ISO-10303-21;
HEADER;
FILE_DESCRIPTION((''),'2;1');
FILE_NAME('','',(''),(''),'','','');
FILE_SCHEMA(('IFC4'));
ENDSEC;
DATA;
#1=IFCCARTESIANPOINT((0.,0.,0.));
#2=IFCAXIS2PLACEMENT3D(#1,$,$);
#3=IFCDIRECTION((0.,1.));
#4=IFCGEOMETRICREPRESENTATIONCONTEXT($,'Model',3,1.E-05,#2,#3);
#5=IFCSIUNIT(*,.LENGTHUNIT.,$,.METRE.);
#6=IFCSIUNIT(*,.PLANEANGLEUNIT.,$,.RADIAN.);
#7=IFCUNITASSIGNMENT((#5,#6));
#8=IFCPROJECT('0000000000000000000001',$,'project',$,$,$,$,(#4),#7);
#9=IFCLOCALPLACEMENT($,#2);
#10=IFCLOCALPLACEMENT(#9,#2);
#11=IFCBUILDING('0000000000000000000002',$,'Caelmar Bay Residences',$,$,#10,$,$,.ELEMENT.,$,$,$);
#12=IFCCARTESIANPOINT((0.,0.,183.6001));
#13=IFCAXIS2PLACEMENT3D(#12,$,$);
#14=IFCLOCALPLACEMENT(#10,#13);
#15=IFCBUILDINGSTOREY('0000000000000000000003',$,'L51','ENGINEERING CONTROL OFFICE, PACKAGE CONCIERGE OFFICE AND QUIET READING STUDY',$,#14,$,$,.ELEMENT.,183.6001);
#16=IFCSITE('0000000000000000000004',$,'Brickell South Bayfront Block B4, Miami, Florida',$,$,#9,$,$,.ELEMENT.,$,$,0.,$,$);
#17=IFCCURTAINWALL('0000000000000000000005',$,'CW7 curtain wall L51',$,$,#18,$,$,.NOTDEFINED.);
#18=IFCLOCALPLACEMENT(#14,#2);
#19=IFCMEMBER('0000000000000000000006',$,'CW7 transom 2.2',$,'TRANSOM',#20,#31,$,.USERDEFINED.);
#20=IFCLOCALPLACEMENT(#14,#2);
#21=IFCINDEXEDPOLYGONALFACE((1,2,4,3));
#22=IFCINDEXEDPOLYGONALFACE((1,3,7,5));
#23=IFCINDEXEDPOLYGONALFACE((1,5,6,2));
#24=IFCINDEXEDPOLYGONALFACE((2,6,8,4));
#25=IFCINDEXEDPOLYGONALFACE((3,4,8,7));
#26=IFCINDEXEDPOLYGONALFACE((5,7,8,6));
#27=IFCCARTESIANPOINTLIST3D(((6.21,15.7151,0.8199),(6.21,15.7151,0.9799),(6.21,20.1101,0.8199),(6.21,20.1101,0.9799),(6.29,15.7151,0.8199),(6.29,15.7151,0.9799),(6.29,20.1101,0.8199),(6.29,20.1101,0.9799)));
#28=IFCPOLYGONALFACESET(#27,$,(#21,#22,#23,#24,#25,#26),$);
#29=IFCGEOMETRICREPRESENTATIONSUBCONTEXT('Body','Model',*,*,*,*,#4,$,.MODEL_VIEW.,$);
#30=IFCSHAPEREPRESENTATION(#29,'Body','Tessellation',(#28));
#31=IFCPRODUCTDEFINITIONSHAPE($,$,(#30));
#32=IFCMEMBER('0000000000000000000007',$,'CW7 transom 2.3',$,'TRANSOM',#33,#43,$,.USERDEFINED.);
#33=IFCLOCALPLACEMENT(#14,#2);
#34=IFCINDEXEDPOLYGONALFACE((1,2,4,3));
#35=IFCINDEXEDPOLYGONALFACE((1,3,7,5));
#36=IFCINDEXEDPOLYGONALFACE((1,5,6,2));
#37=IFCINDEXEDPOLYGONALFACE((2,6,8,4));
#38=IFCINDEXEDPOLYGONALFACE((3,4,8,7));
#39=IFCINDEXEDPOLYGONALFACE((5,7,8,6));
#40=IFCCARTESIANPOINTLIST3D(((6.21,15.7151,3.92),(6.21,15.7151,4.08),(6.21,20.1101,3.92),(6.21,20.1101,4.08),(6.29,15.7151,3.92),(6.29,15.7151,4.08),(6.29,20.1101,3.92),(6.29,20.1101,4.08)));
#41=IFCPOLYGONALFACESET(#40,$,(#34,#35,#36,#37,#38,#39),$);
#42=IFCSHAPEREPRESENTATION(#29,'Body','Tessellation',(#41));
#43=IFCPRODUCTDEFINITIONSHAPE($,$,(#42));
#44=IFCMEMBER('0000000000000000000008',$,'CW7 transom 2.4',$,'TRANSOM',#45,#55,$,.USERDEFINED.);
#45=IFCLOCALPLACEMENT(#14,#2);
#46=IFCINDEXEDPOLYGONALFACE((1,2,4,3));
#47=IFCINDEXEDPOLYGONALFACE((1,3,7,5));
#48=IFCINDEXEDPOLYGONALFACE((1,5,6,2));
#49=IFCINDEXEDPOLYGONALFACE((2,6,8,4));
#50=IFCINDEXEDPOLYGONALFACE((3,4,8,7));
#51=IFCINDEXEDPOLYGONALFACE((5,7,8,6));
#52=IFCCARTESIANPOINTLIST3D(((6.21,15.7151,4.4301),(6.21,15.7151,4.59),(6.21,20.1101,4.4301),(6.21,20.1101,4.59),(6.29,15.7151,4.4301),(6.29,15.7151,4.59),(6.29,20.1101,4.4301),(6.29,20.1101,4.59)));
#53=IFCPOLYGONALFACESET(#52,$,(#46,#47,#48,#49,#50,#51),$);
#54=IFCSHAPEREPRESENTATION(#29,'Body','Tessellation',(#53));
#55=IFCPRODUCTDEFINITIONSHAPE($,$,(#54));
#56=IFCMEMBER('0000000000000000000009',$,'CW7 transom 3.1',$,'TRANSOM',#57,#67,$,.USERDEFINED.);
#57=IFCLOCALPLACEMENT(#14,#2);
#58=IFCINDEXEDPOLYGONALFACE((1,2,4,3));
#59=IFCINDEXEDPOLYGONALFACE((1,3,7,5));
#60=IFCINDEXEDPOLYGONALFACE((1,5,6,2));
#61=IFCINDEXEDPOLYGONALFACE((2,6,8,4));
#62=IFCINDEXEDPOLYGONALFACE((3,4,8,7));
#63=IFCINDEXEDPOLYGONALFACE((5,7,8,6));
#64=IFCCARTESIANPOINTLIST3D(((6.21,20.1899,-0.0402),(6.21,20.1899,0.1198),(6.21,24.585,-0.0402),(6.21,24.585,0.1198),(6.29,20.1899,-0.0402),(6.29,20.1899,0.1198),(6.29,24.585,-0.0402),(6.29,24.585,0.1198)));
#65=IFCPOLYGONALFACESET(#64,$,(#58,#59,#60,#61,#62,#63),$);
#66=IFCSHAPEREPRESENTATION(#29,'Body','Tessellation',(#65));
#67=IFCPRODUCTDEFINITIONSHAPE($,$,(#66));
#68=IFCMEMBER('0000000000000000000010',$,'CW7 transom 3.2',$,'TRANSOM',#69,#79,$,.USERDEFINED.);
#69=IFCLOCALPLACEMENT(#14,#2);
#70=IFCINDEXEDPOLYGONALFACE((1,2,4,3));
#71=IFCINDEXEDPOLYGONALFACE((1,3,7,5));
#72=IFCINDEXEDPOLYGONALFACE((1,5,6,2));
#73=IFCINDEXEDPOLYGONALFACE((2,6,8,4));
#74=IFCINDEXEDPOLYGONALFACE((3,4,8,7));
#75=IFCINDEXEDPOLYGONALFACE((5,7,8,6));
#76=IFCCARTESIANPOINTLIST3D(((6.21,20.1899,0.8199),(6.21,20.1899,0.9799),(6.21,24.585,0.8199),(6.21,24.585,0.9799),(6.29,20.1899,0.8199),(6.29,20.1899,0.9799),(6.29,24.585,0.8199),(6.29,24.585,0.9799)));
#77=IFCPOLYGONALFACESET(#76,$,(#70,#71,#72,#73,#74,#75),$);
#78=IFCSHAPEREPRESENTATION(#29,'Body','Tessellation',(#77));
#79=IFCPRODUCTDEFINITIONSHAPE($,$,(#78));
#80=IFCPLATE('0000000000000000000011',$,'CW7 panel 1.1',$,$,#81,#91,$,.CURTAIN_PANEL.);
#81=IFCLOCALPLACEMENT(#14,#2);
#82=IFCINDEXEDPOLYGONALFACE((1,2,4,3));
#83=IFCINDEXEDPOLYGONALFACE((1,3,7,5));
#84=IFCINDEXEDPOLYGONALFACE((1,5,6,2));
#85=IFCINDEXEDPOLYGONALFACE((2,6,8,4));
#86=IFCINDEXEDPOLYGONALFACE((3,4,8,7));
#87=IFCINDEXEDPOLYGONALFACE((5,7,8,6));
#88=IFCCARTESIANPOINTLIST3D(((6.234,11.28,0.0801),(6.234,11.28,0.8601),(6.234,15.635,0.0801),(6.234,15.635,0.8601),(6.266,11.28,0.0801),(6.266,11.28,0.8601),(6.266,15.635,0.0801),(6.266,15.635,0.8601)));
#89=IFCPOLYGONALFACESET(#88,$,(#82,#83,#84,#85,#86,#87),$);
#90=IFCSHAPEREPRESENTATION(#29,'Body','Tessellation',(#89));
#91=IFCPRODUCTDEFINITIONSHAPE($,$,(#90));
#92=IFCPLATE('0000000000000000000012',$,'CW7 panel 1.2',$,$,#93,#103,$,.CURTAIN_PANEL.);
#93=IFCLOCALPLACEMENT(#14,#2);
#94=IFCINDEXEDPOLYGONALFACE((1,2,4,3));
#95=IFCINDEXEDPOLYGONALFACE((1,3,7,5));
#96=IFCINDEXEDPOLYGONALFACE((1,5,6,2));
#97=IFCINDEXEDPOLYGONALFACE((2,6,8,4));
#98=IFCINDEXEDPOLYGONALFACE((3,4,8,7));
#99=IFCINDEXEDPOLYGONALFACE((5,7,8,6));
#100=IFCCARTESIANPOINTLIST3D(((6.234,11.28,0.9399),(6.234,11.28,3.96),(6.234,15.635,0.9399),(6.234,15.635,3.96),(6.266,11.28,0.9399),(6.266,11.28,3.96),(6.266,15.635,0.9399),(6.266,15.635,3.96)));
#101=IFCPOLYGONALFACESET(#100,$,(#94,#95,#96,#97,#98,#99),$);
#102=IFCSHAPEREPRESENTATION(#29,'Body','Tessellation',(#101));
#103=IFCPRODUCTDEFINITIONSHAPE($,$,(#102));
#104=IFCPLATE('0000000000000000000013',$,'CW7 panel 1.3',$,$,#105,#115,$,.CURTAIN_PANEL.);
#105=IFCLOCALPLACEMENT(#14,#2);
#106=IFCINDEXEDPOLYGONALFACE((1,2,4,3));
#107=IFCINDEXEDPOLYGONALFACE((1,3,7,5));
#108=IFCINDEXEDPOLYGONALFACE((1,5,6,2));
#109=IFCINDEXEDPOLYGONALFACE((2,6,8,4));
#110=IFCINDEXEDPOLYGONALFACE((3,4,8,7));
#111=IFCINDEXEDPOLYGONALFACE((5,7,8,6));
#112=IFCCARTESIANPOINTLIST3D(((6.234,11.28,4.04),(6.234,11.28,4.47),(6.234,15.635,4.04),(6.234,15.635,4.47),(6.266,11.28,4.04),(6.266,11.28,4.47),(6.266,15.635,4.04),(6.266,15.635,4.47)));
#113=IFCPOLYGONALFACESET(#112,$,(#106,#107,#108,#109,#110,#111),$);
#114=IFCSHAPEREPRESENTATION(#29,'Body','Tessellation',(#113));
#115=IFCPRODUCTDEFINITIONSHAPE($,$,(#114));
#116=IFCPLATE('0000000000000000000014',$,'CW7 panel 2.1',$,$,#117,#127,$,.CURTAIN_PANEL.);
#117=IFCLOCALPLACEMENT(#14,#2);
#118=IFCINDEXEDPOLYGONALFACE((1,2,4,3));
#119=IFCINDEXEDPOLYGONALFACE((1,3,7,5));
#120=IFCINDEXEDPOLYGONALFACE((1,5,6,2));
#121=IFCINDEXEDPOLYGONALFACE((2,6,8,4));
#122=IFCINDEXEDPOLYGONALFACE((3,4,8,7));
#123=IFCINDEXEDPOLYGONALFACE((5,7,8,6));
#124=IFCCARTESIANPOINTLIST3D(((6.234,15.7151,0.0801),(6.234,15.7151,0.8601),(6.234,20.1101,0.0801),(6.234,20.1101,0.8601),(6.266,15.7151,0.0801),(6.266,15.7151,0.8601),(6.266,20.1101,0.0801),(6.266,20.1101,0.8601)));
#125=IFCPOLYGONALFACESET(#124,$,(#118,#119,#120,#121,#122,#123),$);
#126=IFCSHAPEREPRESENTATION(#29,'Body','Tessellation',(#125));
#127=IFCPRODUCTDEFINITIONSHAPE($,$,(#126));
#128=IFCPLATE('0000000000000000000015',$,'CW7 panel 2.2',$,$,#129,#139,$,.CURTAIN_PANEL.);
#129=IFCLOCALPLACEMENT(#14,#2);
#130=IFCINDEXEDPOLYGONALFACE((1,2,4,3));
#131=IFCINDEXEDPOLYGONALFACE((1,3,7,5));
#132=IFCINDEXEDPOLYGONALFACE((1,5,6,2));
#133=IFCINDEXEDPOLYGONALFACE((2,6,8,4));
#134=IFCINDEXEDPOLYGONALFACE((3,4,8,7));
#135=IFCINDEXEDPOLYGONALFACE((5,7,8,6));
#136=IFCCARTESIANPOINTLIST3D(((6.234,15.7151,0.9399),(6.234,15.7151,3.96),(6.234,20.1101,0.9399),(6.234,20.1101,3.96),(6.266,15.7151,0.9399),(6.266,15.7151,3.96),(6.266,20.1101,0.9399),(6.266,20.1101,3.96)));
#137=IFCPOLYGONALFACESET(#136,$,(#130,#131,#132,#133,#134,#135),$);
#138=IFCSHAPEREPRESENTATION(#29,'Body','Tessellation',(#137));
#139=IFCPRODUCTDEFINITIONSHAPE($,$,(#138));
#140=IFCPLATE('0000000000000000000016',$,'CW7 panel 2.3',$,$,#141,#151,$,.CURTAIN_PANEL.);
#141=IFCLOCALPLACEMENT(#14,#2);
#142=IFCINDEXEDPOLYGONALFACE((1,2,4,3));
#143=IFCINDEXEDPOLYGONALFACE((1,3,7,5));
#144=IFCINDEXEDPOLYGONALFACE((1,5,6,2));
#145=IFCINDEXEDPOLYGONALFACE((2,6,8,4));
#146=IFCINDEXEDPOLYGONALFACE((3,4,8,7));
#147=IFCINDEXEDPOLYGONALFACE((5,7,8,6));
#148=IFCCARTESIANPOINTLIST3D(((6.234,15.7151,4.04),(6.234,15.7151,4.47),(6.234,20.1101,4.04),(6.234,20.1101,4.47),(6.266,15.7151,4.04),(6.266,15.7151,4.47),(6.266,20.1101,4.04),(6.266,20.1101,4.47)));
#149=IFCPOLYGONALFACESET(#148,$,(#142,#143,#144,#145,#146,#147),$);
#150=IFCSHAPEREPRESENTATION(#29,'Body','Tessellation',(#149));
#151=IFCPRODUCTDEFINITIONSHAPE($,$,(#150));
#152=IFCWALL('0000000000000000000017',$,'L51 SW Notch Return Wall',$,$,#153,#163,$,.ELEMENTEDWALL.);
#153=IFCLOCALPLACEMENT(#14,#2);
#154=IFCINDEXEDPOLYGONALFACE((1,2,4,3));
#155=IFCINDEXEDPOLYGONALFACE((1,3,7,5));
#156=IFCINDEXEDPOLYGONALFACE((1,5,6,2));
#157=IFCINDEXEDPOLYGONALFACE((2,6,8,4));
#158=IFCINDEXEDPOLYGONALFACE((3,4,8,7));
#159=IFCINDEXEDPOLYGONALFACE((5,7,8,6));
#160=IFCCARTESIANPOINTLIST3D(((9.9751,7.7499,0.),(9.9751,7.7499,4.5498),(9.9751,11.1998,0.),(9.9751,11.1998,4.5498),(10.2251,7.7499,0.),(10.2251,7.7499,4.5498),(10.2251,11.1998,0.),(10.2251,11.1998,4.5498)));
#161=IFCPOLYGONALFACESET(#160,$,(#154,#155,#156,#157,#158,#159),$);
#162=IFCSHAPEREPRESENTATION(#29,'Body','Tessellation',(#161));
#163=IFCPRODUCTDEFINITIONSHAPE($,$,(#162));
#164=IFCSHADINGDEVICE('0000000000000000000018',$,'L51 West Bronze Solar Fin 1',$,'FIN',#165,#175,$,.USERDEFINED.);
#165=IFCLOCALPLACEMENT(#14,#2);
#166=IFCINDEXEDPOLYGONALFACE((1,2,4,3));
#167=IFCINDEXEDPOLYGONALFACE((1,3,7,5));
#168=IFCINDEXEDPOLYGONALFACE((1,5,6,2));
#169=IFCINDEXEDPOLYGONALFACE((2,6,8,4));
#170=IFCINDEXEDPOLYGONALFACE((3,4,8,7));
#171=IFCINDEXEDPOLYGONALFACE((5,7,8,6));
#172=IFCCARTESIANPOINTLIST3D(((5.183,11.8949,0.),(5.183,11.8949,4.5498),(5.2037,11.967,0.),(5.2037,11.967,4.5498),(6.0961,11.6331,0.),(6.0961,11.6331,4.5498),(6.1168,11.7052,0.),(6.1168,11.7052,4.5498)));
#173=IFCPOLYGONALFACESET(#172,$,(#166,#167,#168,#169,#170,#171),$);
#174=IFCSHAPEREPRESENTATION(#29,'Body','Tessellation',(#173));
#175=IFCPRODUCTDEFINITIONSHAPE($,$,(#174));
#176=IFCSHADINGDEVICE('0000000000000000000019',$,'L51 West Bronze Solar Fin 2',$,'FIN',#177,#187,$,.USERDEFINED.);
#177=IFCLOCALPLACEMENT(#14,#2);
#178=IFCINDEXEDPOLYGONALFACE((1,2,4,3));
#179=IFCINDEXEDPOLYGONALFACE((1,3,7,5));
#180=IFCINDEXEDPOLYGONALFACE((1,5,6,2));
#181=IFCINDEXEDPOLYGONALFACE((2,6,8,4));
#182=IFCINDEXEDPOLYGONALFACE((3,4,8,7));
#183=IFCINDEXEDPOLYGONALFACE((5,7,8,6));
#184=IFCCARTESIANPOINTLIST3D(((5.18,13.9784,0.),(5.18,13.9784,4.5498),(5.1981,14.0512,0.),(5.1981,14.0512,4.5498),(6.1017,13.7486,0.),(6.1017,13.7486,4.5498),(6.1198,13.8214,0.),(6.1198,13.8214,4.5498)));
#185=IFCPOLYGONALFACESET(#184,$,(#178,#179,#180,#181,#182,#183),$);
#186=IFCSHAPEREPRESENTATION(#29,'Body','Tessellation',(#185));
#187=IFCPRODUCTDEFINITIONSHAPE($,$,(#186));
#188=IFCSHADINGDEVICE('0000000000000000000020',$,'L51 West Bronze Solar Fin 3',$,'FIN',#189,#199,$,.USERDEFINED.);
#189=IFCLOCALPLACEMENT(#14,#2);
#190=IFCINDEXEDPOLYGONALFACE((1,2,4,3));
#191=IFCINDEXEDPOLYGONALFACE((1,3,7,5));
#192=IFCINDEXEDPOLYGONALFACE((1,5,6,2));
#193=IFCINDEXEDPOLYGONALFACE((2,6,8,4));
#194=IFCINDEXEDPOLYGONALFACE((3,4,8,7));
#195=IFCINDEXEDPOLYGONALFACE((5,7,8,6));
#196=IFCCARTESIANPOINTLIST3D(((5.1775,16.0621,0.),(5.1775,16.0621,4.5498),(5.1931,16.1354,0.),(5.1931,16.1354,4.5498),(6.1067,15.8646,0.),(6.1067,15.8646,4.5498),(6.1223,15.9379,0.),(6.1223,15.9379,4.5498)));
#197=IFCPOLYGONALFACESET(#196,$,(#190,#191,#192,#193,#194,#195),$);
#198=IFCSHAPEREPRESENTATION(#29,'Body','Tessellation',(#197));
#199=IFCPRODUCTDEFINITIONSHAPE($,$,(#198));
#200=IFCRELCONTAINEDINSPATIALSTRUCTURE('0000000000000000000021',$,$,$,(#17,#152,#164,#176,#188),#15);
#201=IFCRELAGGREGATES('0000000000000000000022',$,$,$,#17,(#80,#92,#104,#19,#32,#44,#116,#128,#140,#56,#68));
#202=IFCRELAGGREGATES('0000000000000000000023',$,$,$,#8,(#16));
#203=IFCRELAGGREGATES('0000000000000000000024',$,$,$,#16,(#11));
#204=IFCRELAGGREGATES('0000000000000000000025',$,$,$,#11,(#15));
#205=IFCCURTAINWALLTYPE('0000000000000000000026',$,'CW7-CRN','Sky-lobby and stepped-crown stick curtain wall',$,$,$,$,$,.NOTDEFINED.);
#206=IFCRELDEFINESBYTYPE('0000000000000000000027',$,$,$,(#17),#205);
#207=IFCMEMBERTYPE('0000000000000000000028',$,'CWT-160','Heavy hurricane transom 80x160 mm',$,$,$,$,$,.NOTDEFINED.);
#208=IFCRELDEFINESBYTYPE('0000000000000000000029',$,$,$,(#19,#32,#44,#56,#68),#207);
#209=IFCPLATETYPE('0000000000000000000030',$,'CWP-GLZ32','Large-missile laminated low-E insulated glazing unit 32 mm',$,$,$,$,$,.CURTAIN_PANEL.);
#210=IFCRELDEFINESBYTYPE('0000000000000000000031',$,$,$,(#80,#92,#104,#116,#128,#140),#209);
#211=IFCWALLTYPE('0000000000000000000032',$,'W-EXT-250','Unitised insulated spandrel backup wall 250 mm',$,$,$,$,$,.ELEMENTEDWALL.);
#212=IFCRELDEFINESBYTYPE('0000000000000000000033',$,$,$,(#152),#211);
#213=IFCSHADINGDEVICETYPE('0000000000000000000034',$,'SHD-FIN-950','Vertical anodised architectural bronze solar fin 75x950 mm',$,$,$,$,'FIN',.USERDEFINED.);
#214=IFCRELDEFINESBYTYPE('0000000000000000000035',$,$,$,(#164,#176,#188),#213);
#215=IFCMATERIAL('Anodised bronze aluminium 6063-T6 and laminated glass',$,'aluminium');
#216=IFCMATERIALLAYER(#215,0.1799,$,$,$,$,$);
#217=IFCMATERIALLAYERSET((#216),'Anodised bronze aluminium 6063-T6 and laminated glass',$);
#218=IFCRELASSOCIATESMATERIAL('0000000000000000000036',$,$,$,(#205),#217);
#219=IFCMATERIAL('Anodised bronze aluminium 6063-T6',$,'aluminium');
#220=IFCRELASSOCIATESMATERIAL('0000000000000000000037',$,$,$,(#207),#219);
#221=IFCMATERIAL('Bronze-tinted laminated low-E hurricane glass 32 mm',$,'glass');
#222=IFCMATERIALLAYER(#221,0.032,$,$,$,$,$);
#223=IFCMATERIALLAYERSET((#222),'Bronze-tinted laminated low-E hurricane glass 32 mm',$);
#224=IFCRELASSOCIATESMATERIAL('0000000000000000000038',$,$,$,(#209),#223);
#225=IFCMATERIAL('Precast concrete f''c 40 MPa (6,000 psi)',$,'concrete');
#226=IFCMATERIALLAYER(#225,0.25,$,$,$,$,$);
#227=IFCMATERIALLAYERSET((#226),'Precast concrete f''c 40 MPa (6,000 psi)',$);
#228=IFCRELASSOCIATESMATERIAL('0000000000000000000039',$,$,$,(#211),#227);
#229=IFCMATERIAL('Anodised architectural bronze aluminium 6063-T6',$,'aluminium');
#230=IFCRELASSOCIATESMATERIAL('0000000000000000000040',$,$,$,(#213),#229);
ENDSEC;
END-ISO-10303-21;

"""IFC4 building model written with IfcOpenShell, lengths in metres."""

from ifc_helpers import new_model, si_unit, direction, frame, frame_2d, origin, origin_2d, place, context, subcontext, project, spatial, rectangle, extrude, material, layer, layer_set, material_profile, profile_set, type_object, element, aggregate, save


model = new_model("IFC4")

# Units and contexts
model_context = context("Model", 3, precision=1e-05, world=origin(), true_north=direction((0.0, 1.0)))
body_context = subcontext(model_context, "Body", "Model", "MODEL_VIEW")
ifc_project = project(units=[si_unit("LENGTHUNIT", "METRE"), si_unit("PLANEANGLEUNIT", "RADIAN")], contexts=[model_context])

# Site, building, storey
site_placement = place(None, origin())
site = spatial("IfcSite", under=ifc_project, at=site_placement, Name="Brickell South Bayfront Block B4, Miami, Florida", CompositionType="ELEMENT", RefElevation=0.0)
building_placement = place(site_placement, origin())
building = spatial("IfcBuilding", under=site, at=building_placement, Name="Caelmar Bay Residences", CompositionType="ELEMENT")
storey_placement = place(building_placement, frame((0.0, 0.0, 183.6001)))
storey = spatial("IfcBuildingStorey", under=building, at=storey_placement, Name="L51", Description="ENGINEERING CONTROL OFFICE, PACKAGE CONCIERGE OFFICE AND QUIET READING STUDY", CompositionType="ELEMENT", Elevation=183.6001)

# Shared definitions
ifc_material_1 = material(Name="Anodised bronze aluminium 6063-T6 and laminated glass", Category="aluminium")
ifc_material_2 = material(Name="Anodised bronze aluminium 6063-T6", Category="aluminium")

# Curtain wall, members, plates
ifc_layer_1 = layer(ifc_material_1, 0.1799)
ifc_layer_set_1 = layer_set([ifc_layer_1], Name="Anodised bronze aluminium 6063-T6 and laminated glass")
curtain_wall_type_1 = type_object("IfcCurtainWallType", Name="CW7-CRN", Description="Sky-lobby and stepped-crown stick curtain wall", PredefinedType="NOTDEFINED", material=ifc_layer_set_1)
curtain_wall_1_placement = place(storey_placement, origin())
curtain_wall_1 = element("IfcCurtainWall", 1, at=curtain_wall_1_placement, inside=storey, type_object=curtain_wall_type_1, Name="CW7 curtain wall L51", PredefinedType="NOTDEFINED")
ifc_material_profile_1 = material_profile(ifc_material_2, rectangle(XDim=0.0801, YDim=0.1599, at=origin_2d()), Name="CWT-80X160")
ifc_profile_set_1 = profile_set([ifc_material_profile_1], Name="Anodised bronze aluminium 6063-T6")
member_type_1 = type_object("IfcMemberType", Name="CWT-160", Description="Heavy hurricane transom 80x160 mm", PredefinedType="NOTDEFINED", material=ifc_profile_set_1)
member_1_placement = place(storey_placement, frame((6.25, 15.7151, 0.8999), z_axis=(0.0, 1.0, 0.0), x_axis=(-1.0, 0.0, 0.0)))
member_1 = element("IfcMember", 2, at=member_1_placement, type_object=member_type_1, Name="CW7 transom 2.2", ObjectType="TRANSOM", PredefinedType="USERDEFINED", context=body_context, shape_type="SweptSolid", body=[
    extrude(rectangle(XDim=0.0801, YDim=0.1599, at=origin_2d()), origin(), (0.0, 0.0, 1.0), 4.395),
])
member_2_placement = place(storey_placement, frame((6.25, 15.7151, 4.0), z_axis=(0.0, 1.0, 0.0), x_axis=(-1.0, 0.0, 0.0)))
member_2 = element("IfcMember", 3, at=member_2_placement, type_object=member_type_1, Name="CW7 transom 2.3", ObjectType="TRANSOM", PredefinedType="USERDEFINED", context=body_context, shape_type="SweptSolid", body=[
    extrude(rectangle(XDim=0.0801, YDim=0.1599, at=origin_2d()), origin(), (0.0, 0.0, 1.0), 4.395),
])
member_3_placement = place(storey_placement, frame((6.25, 15.7151, 4.51), z_axis=(0.0, 1.0, 0.0), x_axis=(-1.0, 0.0, 0.0)))
member_3 = element("IfcMember", 4, at=member_3_placement, type_object=member_type_1, Name="CW7 transom 2.4", ObjectType="TRANSOM", PredefinedType="USERDEFINED", context=body_context, shape_type="SweptSolid", body=[
    extrude(rectangle(XDim=0.0801, YDim=0.1599, at=origin_2d()), origin(), (0.0, 0.0, 1.0), 4.395),
])
member_4_placement = place(storey_placement, frame((6.25, 20.1899, 0.0398), z_axis=(0.0, 1.0, 0.0), x_axis=(-1.0, 0.0, 0.0)))
member_4 = element("IfcMember", 5, at=member_4_placement, type_object=member_type_1, Name="CW7 transom 3.1", ObjectType="TRANSOM", PredefinedType="USERDEFINED", context=body_context, shape_type="SweptSolid", body=[
    extrude(rectangle(XDim=0.0801, YDim=0.1599, at=origin_2d()), origin(), (0.0, 0.0, 1.0), 4.395),
])
member_5_placement = place(storey_placement, frame((6.25, 20.1899, 0.8999), z_axis=(0.0, 1.0, 0.0), x_axis=(-1.0, 0.0, 0.0)))
member_5 = element("IfcMember", 6, at=member_5_placement, type_object=member_type_1, Name="CW7 transom 3.2", ObjectType="TRANSOM", PredefinedType="USERDEFINED", context=body_context, shape_type="SweptSolid", body=[
    extrude(rectangle(XDim=0.0801, YDim=0.1599, at=origin_2d()), origin(), (0.0, 0.0, 1.0), 4.395),
])
ifc_material_3 = material(Name="Bronze-tinted laminated low-E hurricane glass 32 mm", Category="glass")
ifc_layer_2 = layer(ifc_material_3, 0.032)
ifc_layer_set_2 = layer_set([ifc_layer_2], Name="Bronze-tinted laminated low-E hurricane glass 32 mm")
plate_type = type_object("IfcPlateType", Name="CWP-GLZ32", Description="Large-missile laminated low-E insulated glazing unit 32 mm", PredefinedType="CURTAIN_PANEL", material=ifc_layer_set_2)
plate_1_placement = place(storey_placement, frame((6.25, 13.4575, 0.0801), z_axis=(0.0, 0.0, 1.0), x_axis=(0.0, 1.0, 0.0)))
plate_1 = element("IfcPlate", 7, at=plate_1_placement, type_object=plate_type, Name="CW7 panel 1.1", PredefinedType="CURTAIN_PANEL", context=body_context, shape_type="SweptSolid", body=[
    extrude(rectangle(XDim=4.355, YDim=0.032, at=origin_2d()), origin(), (0.0, 0.0, 1.0), 0.78),
])
plate_2_placement = place(storey_placement, frame((6.25, 13.4575, 0.9399), z_axis=(0.0, 0.0, 1.0), x_axis=(0.0, 1.0, 0.0)))
plate_2 = element("IfcPlate", 8, at=plate_2_placement, type_object=plate_type, Name="CW7 panel 1.2", PredefinedType="CURTAIN_PANEL", context=body_context, shape_type="SweptSolid", body=[
    extrude(rectangle(XDim=4.355, YDim=0.032, at=origin_2d()), origin(), (0.0, 0.0, 1.0), 3.02),
])
plate_3_placement = place(storey_placement, frame((6.25, 13.4575, 4.04), z_axis=(0.0, 0.0, 1.0), x_axis=(0.0, 1.0, 0.0)))
plate_3 = element("IfcPlate", 9, at=plate_3_placement, type_object=plate_type, Name="CW7 panel 1.3", PredefinedType="CURTAIN_PANEL", context=body_context, shape_type="SweptSolid", body=[
    extrude(rectangle(XDim=4.355, YDim=0.032, at=origin_2d()), origin(), (0.0, 0.0, 1.0), 0.4299),
])
plate_4_placement = place(storey_placement, frame((6.25, 17.9126, 0.0801), z_axis=(0.0, 0.0, 1.0), x_axis=(0.0, 1.0, 0.0)))
plate_4 = element("IfcPlate", 10, at=plate_4_placement, type_object=plate_type, Name="CW7 panel 2.1", PredefinedType="CURTAIN_PANEL", context=body_context, shape_type="SweptSolid", body=[
    extrude(rectangle(XDim=4.395, YDim=0.032, at=origin_2d()), origin(), (0.0, 0.0, 1.0), 0.78),
])
plate_5_placement = place(storey_placement, frame((6.25, 17.9126, 0.9399), z_axis=(0.0, 0.0, 1.0), x_axis=(0.0, 1.0, 0.0)))
plate_5 = element("IfcPlate", 11, at=plate_5_placement, type_object=plate_type, Name="CW7 panel 2.2", PredefinedType="CURTAIN_PANEL", context=body_context, shape_type="SweptSolid", body=[
    extrude(rectangle(XDim=4.395, YDim=0.032, at=origin_2d()), origin(), (0.0, 0.0, 1.0), 3.02),
])
plate_6_placement = place(storey_placement, frame((6.25, 17.9126, 4.04), z_axis=(0.0, 0.0, 1.0), x_axis=(0.0, 1.0, 0.0)))
plate_6 = element("IfcPlate", 12, at=plate_6_placement, type_object=plate_type, Name="CW7 panel 2.3", PredefinedType="CURTAIN_PANEL", context=body_context, shape_type="SweptSolid", body=[
    extrude(rectangle(XDim=4.395, YDim=0.032, at=origin_2d()), origin(), (0.0, 0.0, 1.0), 0.4299),
])
aggregate(curtain_wall_1, [plate_1, plate_2, plate_3, member_1, member_2, member_3, plate_4, plate_5, plate_6, member_4, member_5])

# Wall
ifc_material_4 = material(Name="Precast concrete f'c 40 MPa (6,000 psi)", Category="concrete")
ifc_layer_3 = layer(ifc_material_4, 0.25)
ifc_layer_set_3 = layer_set([ifc_layer_3], Name="Precast concrete f'c 40 MPa (6,000 psi)")
wall_type = type_object("IfcWallType", Name="W-EXT-250", Description="Unitised insulated spandrel backup wall 250 mm", PredefinedType="ELEMENTEDWALL", material=ifc_layer_set_3)
wall_placement = place(storey_placement, frame((10.1001, 11.2, 0.0), z_axis=(0.0, 0.0, 1.0), x_axis=(0.0, -1.0, 0.0)))
element("IfcWall", 13, at=wall_placement, inside=storey, type_object=wall_type, Name="L51 SW Notch Return Wall", PredefinedType="ELEMENTEDWALL", context=body_context, shape_type="SweptSolid", body=[
    extrude(rectangle(XDim=3.45, YDim=0.25, at=frame_2d((1.7251, 0.0))), origin(), (0.0, 0.0, 1.0), 4.5498),
])

# Shading devices
ifc_material_5 = material(Name="Anodised architectural bronze aluminium 6063-T6", Category="aluminium")
ifc_material_profile_2 = material_profile(ifc_material_5, rectangle(XDim=0.075, YDim=0.95, at=origin_2d()), Name="BRONZE-FIN-75X950")
ifc_profile_set_2 = profile_set([ifc_material_profile_2], Name="Anodised architectural bronze aluminium 6063-T6")
shading_device_type = type_object("IfcShadingDeviceType", Name="SHD-FIN-950", Description="Vertical anodised architectural bronze solar fin 75x950 mm", ElementType="FIN", PredefinedType="USERDEFINED", material=ifc_profile_set_2)
for number, where, z_axis, x_axis, name in (
    (14, (5.6499, 11.8, 0.0), (0.0, 0.0, 1.0), (0.275637, 0.961262, 0.0), "L51 West Bronze Solar Fin 1"),
    (15, (5.6499, 13.8999, 0.0), (0.0, 0.0, 1.0), (0.241922, 0.970296, 0.0), "L51 West Bronze Solar Fin 2"),
    (16, (5.6499, 16.0, 0.0), (0.0, 0.0, 1.0), (0.207912, 0.978148, 0.0), "L51 West Bronze Solar Fin 3"),
):
    element("IfcShadingDevice", number, at=place(storey_placement, frame(where, z_axis=z_axis, x_axis=x_axis)), inside=storey, type_object=shading_device_type, Name=name, ObjectType="FIN", PredefinedType="USERDEFINED", context=body_context, shape_type="SweptSolid", body=[
        extrude(rectangle(XDim=0.075, YDim=0.95, at=origin_2d()), origin(), (0.0, 0.0, 1.0), 4.5498),
    ])

save(model, "model.ifc")
